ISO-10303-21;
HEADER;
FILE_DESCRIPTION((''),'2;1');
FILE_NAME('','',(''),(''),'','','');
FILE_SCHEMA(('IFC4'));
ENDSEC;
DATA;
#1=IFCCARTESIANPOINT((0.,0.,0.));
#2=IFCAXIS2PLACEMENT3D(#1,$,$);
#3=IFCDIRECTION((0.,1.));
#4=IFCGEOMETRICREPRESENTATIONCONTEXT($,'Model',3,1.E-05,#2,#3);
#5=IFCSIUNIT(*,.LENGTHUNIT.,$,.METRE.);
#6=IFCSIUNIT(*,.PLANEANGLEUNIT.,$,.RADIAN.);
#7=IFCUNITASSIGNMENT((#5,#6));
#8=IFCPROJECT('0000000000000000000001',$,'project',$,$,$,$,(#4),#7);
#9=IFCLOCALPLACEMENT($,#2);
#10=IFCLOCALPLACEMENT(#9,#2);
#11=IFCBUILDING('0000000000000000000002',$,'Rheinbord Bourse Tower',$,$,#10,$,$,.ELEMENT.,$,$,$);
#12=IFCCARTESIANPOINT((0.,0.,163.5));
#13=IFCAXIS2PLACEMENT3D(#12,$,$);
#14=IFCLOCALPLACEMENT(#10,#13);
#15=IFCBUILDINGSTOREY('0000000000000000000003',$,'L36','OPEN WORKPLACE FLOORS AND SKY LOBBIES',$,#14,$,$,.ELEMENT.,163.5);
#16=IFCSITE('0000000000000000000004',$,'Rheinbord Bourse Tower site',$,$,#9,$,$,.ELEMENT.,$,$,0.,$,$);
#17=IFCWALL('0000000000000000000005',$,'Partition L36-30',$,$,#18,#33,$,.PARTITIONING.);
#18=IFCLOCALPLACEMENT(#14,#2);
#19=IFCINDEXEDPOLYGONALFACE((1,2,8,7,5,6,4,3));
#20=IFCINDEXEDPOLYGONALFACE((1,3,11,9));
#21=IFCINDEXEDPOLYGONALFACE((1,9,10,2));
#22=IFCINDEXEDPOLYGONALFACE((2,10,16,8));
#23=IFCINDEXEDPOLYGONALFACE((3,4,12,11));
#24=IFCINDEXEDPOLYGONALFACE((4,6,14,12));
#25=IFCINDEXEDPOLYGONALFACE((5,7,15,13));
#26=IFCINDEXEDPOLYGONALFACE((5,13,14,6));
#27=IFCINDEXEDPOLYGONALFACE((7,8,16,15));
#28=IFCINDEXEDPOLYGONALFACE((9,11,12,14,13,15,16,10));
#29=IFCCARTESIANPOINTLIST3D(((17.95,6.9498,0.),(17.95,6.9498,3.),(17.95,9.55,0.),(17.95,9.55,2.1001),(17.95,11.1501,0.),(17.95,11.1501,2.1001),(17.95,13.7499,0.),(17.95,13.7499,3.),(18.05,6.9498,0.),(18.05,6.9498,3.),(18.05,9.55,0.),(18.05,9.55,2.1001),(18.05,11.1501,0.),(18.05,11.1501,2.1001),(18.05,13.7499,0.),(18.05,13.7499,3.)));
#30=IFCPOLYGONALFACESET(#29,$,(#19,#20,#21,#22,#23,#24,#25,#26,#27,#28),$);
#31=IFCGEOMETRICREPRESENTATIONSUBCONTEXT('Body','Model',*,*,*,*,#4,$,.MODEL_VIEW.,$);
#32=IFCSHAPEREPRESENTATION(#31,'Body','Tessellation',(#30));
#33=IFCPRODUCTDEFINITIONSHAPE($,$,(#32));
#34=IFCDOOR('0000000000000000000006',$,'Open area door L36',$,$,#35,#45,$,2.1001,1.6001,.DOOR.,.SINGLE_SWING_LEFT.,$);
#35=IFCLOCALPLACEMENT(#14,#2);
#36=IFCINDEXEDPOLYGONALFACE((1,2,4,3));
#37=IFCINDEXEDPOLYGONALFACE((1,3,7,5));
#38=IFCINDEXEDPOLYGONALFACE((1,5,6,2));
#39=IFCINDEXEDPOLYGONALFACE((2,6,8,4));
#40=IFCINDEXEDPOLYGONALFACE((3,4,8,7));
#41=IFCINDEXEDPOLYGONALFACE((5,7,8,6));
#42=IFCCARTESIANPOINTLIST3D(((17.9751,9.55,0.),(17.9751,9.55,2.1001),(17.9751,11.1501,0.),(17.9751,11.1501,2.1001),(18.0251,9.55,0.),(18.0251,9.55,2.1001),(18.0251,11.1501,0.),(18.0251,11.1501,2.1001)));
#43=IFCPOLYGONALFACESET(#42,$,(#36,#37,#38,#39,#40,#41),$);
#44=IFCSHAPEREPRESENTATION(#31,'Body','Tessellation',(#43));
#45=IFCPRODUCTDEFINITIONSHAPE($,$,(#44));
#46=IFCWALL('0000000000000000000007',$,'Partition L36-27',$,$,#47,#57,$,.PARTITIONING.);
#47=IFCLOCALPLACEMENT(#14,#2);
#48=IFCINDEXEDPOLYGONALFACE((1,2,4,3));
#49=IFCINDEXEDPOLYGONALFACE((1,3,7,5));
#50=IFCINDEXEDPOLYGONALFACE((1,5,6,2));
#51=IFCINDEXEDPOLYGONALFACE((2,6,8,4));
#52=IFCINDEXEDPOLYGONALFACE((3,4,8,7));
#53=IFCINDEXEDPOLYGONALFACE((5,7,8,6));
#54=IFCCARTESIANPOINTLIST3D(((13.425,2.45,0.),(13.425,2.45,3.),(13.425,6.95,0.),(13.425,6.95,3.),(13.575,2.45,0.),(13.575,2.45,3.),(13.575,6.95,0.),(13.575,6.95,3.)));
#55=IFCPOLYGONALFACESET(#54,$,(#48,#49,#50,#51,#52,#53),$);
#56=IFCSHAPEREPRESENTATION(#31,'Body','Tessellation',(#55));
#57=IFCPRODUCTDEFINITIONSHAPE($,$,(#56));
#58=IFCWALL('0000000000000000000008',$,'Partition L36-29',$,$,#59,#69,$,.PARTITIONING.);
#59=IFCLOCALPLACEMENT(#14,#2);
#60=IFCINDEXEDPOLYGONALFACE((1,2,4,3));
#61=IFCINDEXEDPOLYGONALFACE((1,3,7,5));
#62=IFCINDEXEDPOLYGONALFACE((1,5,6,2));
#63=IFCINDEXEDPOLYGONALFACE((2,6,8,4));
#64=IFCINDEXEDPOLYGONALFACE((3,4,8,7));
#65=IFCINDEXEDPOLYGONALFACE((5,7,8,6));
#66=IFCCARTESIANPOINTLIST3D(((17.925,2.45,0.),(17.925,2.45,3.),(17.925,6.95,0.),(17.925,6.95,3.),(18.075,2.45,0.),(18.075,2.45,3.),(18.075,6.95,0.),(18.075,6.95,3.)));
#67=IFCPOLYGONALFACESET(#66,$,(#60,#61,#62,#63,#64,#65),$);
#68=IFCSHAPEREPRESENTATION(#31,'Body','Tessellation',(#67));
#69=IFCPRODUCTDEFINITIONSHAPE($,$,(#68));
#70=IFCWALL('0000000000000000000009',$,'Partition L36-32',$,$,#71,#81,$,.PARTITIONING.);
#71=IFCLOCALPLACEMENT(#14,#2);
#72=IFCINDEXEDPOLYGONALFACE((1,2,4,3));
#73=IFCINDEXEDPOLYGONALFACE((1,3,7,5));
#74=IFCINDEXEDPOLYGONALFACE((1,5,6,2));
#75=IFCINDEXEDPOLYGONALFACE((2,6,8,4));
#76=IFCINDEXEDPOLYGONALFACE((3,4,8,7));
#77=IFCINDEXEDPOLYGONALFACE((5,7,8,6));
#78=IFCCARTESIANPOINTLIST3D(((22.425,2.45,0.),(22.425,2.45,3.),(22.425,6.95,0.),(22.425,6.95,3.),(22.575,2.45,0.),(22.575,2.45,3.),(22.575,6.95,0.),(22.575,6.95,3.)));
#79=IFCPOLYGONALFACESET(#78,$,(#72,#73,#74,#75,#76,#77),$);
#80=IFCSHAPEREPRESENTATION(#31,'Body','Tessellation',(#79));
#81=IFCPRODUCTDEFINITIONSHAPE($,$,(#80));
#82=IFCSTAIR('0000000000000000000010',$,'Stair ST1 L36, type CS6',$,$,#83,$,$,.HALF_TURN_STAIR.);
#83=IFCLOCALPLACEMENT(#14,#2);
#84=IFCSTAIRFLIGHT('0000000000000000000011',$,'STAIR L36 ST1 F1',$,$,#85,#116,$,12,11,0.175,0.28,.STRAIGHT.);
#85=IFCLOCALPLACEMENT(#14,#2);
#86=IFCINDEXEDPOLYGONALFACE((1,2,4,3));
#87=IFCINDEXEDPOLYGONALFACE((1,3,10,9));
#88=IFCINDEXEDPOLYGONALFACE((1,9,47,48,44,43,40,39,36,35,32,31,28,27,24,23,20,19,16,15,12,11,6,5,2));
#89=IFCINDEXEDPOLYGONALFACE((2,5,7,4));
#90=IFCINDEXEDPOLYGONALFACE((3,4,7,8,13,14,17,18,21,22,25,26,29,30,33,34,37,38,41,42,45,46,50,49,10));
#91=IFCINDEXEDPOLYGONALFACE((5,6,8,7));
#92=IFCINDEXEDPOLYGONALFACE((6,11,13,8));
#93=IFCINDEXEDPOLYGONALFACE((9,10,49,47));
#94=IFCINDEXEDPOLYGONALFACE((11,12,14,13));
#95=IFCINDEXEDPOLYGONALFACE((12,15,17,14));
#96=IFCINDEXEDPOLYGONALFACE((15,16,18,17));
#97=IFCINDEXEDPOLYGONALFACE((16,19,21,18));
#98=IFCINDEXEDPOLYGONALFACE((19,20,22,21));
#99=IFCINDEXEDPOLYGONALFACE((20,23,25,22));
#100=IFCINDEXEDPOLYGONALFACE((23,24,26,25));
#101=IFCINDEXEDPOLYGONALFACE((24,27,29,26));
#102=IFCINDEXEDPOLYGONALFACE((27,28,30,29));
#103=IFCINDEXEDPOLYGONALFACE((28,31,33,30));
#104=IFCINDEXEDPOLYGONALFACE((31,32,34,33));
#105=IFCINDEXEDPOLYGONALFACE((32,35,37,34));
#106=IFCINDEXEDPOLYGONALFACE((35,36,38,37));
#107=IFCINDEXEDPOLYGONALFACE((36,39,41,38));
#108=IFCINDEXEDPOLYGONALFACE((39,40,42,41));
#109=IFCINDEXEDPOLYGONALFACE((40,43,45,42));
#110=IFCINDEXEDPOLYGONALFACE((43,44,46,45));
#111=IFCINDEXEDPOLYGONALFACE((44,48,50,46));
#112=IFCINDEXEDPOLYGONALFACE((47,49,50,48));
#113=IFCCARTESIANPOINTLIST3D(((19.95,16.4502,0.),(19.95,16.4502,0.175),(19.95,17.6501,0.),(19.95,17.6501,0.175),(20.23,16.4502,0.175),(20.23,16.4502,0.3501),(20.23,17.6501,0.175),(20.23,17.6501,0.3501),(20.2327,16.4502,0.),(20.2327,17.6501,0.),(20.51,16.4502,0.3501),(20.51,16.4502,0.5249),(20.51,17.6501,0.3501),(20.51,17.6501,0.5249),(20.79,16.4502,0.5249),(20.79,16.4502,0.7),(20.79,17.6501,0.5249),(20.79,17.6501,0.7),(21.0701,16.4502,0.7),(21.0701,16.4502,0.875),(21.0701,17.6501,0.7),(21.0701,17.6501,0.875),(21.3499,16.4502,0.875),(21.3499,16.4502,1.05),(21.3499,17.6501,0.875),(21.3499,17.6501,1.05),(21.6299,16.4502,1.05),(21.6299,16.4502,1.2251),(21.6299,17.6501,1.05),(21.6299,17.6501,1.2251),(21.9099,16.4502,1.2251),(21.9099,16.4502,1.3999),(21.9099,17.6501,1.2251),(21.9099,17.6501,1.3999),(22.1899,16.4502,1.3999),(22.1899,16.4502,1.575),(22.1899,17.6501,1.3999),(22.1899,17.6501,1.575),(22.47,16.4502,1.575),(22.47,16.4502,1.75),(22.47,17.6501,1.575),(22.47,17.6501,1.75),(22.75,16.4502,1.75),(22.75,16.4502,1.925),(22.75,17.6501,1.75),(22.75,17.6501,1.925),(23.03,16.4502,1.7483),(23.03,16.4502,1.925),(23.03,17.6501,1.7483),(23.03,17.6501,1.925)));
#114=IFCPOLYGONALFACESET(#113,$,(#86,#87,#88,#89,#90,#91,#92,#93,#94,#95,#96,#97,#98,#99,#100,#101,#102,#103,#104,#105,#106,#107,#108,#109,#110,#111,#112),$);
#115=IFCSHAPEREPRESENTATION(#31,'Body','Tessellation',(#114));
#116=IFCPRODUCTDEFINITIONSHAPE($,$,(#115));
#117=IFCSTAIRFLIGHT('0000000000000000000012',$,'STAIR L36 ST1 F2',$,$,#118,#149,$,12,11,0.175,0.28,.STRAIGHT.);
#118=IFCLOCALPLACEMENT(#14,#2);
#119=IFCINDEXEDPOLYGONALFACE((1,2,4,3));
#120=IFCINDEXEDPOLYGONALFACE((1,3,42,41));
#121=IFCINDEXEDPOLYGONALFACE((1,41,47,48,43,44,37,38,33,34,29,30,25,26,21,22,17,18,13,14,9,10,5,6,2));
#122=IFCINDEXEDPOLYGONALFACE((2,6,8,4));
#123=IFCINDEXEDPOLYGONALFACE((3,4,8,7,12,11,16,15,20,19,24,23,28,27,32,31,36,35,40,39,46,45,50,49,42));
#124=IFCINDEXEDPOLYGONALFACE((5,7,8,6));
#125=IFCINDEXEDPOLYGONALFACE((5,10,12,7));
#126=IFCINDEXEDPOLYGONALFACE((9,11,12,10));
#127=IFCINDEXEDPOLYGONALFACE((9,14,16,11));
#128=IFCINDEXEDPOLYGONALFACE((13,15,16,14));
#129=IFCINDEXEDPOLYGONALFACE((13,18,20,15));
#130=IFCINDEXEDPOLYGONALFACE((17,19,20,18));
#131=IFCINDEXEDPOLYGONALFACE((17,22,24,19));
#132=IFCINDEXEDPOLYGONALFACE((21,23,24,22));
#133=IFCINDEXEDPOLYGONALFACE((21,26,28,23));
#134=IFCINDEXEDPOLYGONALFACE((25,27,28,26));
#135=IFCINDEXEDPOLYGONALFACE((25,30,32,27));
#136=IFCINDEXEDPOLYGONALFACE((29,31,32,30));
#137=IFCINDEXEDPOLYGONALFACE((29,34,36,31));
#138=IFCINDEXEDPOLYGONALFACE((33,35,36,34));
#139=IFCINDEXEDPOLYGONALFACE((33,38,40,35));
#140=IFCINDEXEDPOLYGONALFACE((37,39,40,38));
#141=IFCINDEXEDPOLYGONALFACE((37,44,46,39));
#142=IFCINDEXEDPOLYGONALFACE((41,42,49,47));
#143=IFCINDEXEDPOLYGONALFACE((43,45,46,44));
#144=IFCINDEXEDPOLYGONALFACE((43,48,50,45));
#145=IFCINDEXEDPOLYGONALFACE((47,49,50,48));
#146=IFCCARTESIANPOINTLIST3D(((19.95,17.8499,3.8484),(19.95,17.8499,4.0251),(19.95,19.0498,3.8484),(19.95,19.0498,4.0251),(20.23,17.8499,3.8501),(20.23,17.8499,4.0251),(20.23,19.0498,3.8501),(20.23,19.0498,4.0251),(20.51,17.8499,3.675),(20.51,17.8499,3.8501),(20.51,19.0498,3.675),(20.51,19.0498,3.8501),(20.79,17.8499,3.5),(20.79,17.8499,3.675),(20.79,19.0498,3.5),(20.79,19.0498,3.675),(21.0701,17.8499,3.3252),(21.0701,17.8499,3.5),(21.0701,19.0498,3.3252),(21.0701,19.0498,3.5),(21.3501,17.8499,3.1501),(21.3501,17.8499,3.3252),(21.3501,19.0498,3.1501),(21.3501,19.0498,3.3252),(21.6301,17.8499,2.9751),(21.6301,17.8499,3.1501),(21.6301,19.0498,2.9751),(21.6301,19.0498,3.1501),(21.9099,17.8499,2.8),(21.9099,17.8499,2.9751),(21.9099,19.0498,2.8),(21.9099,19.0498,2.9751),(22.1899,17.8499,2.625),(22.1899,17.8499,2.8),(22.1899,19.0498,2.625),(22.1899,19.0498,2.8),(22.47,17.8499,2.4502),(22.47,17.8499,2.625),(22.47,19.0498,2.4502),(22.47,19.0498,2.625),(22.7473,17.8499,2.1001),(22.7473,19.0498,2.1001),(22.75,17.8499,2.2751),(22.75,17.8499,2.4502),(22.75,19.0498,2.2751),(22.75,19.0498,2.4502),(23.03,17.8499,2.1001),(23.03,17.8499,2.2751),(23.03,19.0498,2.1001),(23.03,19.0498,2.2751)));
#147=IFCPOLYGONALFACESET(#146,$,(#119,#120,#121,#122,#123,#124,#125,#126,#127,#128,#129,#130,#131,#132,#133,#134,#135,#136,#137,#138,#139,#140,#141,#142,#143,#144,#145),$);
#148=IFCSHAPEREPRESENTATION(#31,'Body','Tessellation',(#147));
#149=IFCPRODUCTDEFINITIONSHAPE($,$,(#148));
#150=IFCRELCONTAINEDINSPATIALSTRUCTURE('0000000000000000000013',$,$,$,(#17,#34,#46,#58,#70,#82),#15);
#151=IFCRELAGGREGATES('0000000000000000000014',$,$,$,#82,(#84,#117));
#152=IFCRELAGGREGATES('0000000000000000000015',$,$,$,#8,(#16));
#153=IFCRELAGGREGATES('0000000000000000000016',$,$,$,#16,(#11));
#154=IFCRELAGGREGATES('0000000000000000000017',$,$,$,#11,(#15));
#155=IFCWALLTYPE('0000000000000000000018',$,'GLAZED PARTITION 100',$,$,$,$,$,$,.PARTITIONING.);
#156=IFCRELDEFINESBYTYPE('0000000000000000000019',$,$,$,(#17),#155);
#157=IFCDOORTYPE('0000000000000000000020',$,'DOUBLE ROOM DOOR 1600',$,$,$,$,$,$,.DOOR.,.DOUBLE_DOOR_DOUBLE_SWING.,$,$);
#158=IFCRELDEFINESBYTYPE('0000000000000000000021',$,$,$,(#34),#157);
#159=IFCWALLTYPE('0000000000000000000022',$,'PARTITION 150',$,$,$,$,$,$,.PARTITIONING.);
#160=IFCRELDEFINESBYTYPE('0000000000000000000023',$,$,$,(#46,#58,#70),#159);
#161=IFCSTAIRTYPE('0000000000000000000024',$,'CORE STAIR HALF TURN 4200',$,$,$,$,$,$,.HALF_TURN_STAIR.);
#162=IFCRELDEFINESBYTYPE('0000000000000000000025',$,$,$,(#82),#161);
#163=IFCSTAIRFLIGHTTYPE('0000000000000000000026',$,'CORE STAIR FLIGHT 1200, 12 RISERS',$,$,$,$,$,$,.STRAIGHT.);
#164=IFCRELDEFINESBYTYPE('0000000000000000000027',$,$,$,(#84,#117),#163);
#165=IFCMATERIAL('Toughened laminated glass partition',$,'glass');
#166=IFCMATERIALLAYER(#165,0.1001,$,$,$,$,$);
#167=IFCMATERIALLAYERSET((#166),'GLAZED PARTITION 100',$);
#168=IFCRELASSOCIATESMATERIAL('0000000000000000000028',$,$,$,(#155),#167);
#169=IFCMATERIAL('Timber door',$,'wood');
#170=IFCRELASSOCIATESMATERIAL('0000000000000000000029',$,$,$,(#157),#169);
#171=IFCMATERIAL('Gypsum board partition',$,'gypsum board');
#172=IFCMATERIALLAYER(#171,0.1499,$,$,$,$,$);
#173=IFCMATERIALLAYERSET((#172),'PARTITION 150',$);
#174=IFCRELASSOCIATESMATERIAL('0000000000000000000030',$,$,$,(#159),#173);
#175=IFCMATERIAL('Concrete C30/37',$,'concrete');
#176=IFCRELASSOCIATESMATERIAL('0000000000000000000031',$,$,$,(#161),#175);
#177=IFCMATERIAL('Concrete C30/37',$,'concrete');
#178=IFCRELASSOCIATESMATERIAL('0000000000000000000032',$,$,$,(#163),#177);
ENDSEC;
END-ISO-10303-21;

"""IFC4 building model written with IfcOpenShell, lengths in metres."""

from ifc_helpers import new_model, si_unit, direction, frame, frame_2d, origin, place, context, subcontext, project, spatial, polyline, rectangle, outline, extrude, material, layer, layer_set, type_object, element, fill, aggregate, save


model = new_model("IFC4")

# Units and contexts
model_context = context("Model", 3, precision=1e-05, world=origin(), true_north=direction((0.0, 1.0)))
body_context = subcontext(model_context, "Body", "Model", "MODEL_VIEW")
ifc_project = project(units=[si_unit("LENGTHUNIT", "METRE"), si_unit("PLANEANGLEUNIT", "RADIAN")], contexts=[model_context])

# Site, building, storey
site_placement = place(None, origin())
site = spatial("IfcSite", under=ifc_project, at=site_placement, Name="Rheinbord Bourse Tower site", CompositionType="ELEMENT", RefElevation=0.0)
building_placement = place(site_placement, origin())
building = spatial("IfcBuilding", under=site, at=building_placement, Name="Rheinbord Bourse Tower", CompositionType="ELEMENT")
storey_placement = place(building_placement, frame((0.0, 0.0, 163.5)))
storey = spatial("IfcBuildingStorey", under=building, at=storey_placement, Name="L36", Description="OPEN WORKPLACE FLOORS AND SKY LOBBIES", CompositionType="ELEMENT", Elevation=163.5)

# Wall, opening, door
ifc_material_1 = material(Name="Toughened laminated glass partition", Category="glass")
ifc_layer_1 = layer(ifc_material_1, 0.1001)
ifc_layer_set_1 = layer_set([ifc_layer_1], Name="GLAZED PARTITION 100")
wall_type_1 = type_object("IfcWallType", Name="GLAZED PARTITION 100", PredefinedType="PARTITIONING", material=ifc_layer_set_1)
wall_1_placement = place(storey_placement, frame((18.0, 6.95, 0.0), z_axis=(0.0, 0.0, 1.0), x_axis=(0.0, 1.0, 0.0)))
wall_1 = element("IfcWall", 1, at=wall_1_placement, inside=storey, type_object=wall_type_1, Name="Partition L36-30", PredefinedType="PARTITIONING", context=body_context, shape_type="SweptSolid", body=[
    extrude(rectangle(XDim=6.8, YDim=0.1001, at=frame_2d((3.3999, 0.0))), origin(), (0.0, 0.0, 1.0), 3.0),
])
opening_1_placement = place(wall_1_placement, frame((2.6001, 0.0, 0.0)))
opening_1 = element("IfcOpeningElement", 2, at=opening_1_placement, cuts=wall_1, PredefinedType="OPENING", context=body_context, shape_type="SweptSolid", body=[
    extrude(rectangle(XDim=1.6001, YDim=2.1001, at=frame_2d((0.8, 1.05))), frame((0.0, 0.0601, 0.0), z_axis=(0.0, -1.0, 0.0), x_axis=(1.0, 0.0, 0.0)), (0.0, 0.0, 1.0), 0.1201),
])
ifc_material_2 = material(Name="Timber door", Category="wood")
door_type_1 = type_object("IfcDoorType", Name="DOUBLE ROOM DOOR 1600", OperationType="DOUBLE_DOOR_DOUBLE_SWING", PredefinedType="DOOR", material=ifc_material_2)
door_1_placement = place(opening_1_placement, origin())
door_1 = element("IfcDoor", 3, at=door_1_placement, inside=storey, type_object=door_type_1, Name="Open area door L36", OperationType="SINGLE_SWING_LEFT", OverallHeight=2.1001, OverallWidth=1.6001, PredefinedType="DOOR", context=body_context, shape_type="SweptSolid", body=[
    extrude(rectangle(XDim=1.6001, YDim=2.1001, at=frame_2d((0.8, 1.05))), frame((0.0, 0.0249, 0.0), z_axis=(0.0, -1.0, 0.0), x_axis=(1.0, 0.0, 0.0)), (0.0, 0.0, 1.0), 0.05),
])
fill(opening_1, door_1)

# Walls
ifc_material_3 = material(Name="Gypsum board partition", Category="gypsum board")
ifc_layer_2 = layer(ifc_material_3, 0.1499)
ifc_layer_set_2 = layer_set([ifc_layer_2], Name="PARTITION 150")
wall_type_2 = type_object("IfcWallType", Name="PARTITION 150", PredefinedType="PARTITIONING", material=ifc_layer_set_2)
for number, where, z_axis, x_axis, name in (
    (4, (13.5, 2.45, 0.0), (0.0, 0.0, 1.0), (0.0, 1.0, 0.0), "Partition L36-27"),
    (5, (18.0, 2.45, 0.0), (0.0, 0.0, 1.0), (0.0, 1.0, 0.0), "Partition L36-29"),
    (6, (22.5, 2.45, 0.0), (0.0, 0.0, 1.0), (0.0, 1.0, 0.0), "Partition L36-32"),
):
    element("IfcWall", number, at=place(storey_placement, frame(where, z_axis=z_axis, x_axis=x_axis)), inside=storey, type_object=wall_type_2, Name=name, PredefinedType="PARTITIONING", context=body_context, shape_type="SweptSolid", body=[
        extrude(rectangle(XDim=4.5, YDim=0.1499, at=frame_2d((2.25, 0.0))), origin(), (0.0, 0.0, 1.0), 3.0),
    ])

# Stair, stair flights
ifc_material_4 = material(Name="Concrete C30/37", Category="concrete")
stair_type = type_object("IfcStairType", Name="CORE STAIR HALF TURN 4200", PredefinedType="HALF_TURN_STAIR", material=ifc_material_4)
stair_placement = place(storey_placement, origin())
stair = element("IfcStair", 7, at=stair_placement, inside=storey, type_object=stair_type, Name="Stair ST1 L36, type CS6", PredefinedType="HALF_TURN_STAIR")
ifc_material_5 = material(Name="Concrete C30/37", Category="concrete")
stair_flight_type = type_object("IfcStairFlightType", Name="CORE STAIR FLIGHT 1200, 12 RISERS", PredefinedType="STRAIGHT", material=ifc_material_5)
stair_flight_1_placement = place(storey_placement, frame((19.95, 17.05, 0.0), z_axis=(0.0, 0.0, 1.0), x_axis=(1.0, 0.0, 0.0)))
stair_flight_1 = element("IfcStairFlight", 8, at=stair_flight_1_placement, type_object=stair_flight_type, Name="STAIR L36 ST1 F1", NumberOfRisers=12, NumberOfTreads=11, PredefinedType="STRAIGHT", RiserHeight=0.175, TreadLength=0.28, context=body_context, shape_type="SweptSolid", body=[
    extrude(outline(polyline([(0.0, 0.0), (0.0, 0.175), (0.28, 0.175), (0.28, 0.3501), (0.5601, 0.3501), (0.5601, 0.5249), (0.8401, 0.5249), (0.8401, 0.7), (1.1201, 0.7), (1.1201, 0.875), (1.3999, 0.875), (1.3999, 1.05), (1.6799, 1.05), (1.6799, 1.2251), (1.96, 1.2251), (1.96, 1.3999), (2.24, 1.3999), (2.24, 1.575), (2.52, 1.575), (2.52, 1.75), (2.8, 1.75), (2.8, 1.925), (3.0801, 1.925), (3.0801, 2.1001), (3.0801, 1.7483), (0.2827, 0.0), (0.0, 0.0)])), frame((0.0, 0.6001, 0.0), z_axis=(0.0, -1.0, 0.0), x_axis=(1.0, 0.0, 0.0)), (0.0, 0.0, 1.0), 1.2),
])
stair_flight_2_placement = place(storey_placement, frame((23.03, 18.45, 2.1001), z_axis=(0.0, 0.0, 1.0), x_axis=(-1.0, 0.0, 0.0)))
stair_flight_2 = element("IfcStairFlight", 9, at=stair_flight_2_placement, type_object=stair_flight_type, Name="STAIR L36 ST1 F2", NumberOfRisers=12, NumberOfTreads=11, PredefinedType="STRAIGHT", RiserHeight=0.175, TreadLength=0.28, context=body_context, shape_type="SweptSolid", body=[
    extrude(outline(polyline([(0.0, 0.0), (0.0, 0.175), (0.28, 0.175), (0.28, 0.3501), (0.5601, 0.3501), (0.5601, 0.5249), (0.8401, 0.5249), (0.8401, 0.7), (1.1201, 0.7), (1.1201, 0.875), (1.3999, 0.875), (1.3999, 1.05), (1.6799, 1.05), (1.6799, 1.2251), (1.96, 1.2251), (1.96, 1.3999), (2.24, 1.3999), (2.24, 1.575), (2.52, 1.575), (2.52, 1.75), (2.8, 1.75), (2.8, 1.925), (3.0801, 1.925), (3.0801, 2.1001), (3.0801, 1.7483), (0.2827, 0.0), (0.0, 0.0)])), frame((0.0, 0.6001, 0.0), z_axis=(0.0, -1.0, 0.0), x_axis=(1.0, 0.0, 0.0)), (0.0, 0.0, 1.0), 1.2),
])
aggregate(stair, [stair_flight_1, stair_flight_2])

save(model, "model.ifc")
